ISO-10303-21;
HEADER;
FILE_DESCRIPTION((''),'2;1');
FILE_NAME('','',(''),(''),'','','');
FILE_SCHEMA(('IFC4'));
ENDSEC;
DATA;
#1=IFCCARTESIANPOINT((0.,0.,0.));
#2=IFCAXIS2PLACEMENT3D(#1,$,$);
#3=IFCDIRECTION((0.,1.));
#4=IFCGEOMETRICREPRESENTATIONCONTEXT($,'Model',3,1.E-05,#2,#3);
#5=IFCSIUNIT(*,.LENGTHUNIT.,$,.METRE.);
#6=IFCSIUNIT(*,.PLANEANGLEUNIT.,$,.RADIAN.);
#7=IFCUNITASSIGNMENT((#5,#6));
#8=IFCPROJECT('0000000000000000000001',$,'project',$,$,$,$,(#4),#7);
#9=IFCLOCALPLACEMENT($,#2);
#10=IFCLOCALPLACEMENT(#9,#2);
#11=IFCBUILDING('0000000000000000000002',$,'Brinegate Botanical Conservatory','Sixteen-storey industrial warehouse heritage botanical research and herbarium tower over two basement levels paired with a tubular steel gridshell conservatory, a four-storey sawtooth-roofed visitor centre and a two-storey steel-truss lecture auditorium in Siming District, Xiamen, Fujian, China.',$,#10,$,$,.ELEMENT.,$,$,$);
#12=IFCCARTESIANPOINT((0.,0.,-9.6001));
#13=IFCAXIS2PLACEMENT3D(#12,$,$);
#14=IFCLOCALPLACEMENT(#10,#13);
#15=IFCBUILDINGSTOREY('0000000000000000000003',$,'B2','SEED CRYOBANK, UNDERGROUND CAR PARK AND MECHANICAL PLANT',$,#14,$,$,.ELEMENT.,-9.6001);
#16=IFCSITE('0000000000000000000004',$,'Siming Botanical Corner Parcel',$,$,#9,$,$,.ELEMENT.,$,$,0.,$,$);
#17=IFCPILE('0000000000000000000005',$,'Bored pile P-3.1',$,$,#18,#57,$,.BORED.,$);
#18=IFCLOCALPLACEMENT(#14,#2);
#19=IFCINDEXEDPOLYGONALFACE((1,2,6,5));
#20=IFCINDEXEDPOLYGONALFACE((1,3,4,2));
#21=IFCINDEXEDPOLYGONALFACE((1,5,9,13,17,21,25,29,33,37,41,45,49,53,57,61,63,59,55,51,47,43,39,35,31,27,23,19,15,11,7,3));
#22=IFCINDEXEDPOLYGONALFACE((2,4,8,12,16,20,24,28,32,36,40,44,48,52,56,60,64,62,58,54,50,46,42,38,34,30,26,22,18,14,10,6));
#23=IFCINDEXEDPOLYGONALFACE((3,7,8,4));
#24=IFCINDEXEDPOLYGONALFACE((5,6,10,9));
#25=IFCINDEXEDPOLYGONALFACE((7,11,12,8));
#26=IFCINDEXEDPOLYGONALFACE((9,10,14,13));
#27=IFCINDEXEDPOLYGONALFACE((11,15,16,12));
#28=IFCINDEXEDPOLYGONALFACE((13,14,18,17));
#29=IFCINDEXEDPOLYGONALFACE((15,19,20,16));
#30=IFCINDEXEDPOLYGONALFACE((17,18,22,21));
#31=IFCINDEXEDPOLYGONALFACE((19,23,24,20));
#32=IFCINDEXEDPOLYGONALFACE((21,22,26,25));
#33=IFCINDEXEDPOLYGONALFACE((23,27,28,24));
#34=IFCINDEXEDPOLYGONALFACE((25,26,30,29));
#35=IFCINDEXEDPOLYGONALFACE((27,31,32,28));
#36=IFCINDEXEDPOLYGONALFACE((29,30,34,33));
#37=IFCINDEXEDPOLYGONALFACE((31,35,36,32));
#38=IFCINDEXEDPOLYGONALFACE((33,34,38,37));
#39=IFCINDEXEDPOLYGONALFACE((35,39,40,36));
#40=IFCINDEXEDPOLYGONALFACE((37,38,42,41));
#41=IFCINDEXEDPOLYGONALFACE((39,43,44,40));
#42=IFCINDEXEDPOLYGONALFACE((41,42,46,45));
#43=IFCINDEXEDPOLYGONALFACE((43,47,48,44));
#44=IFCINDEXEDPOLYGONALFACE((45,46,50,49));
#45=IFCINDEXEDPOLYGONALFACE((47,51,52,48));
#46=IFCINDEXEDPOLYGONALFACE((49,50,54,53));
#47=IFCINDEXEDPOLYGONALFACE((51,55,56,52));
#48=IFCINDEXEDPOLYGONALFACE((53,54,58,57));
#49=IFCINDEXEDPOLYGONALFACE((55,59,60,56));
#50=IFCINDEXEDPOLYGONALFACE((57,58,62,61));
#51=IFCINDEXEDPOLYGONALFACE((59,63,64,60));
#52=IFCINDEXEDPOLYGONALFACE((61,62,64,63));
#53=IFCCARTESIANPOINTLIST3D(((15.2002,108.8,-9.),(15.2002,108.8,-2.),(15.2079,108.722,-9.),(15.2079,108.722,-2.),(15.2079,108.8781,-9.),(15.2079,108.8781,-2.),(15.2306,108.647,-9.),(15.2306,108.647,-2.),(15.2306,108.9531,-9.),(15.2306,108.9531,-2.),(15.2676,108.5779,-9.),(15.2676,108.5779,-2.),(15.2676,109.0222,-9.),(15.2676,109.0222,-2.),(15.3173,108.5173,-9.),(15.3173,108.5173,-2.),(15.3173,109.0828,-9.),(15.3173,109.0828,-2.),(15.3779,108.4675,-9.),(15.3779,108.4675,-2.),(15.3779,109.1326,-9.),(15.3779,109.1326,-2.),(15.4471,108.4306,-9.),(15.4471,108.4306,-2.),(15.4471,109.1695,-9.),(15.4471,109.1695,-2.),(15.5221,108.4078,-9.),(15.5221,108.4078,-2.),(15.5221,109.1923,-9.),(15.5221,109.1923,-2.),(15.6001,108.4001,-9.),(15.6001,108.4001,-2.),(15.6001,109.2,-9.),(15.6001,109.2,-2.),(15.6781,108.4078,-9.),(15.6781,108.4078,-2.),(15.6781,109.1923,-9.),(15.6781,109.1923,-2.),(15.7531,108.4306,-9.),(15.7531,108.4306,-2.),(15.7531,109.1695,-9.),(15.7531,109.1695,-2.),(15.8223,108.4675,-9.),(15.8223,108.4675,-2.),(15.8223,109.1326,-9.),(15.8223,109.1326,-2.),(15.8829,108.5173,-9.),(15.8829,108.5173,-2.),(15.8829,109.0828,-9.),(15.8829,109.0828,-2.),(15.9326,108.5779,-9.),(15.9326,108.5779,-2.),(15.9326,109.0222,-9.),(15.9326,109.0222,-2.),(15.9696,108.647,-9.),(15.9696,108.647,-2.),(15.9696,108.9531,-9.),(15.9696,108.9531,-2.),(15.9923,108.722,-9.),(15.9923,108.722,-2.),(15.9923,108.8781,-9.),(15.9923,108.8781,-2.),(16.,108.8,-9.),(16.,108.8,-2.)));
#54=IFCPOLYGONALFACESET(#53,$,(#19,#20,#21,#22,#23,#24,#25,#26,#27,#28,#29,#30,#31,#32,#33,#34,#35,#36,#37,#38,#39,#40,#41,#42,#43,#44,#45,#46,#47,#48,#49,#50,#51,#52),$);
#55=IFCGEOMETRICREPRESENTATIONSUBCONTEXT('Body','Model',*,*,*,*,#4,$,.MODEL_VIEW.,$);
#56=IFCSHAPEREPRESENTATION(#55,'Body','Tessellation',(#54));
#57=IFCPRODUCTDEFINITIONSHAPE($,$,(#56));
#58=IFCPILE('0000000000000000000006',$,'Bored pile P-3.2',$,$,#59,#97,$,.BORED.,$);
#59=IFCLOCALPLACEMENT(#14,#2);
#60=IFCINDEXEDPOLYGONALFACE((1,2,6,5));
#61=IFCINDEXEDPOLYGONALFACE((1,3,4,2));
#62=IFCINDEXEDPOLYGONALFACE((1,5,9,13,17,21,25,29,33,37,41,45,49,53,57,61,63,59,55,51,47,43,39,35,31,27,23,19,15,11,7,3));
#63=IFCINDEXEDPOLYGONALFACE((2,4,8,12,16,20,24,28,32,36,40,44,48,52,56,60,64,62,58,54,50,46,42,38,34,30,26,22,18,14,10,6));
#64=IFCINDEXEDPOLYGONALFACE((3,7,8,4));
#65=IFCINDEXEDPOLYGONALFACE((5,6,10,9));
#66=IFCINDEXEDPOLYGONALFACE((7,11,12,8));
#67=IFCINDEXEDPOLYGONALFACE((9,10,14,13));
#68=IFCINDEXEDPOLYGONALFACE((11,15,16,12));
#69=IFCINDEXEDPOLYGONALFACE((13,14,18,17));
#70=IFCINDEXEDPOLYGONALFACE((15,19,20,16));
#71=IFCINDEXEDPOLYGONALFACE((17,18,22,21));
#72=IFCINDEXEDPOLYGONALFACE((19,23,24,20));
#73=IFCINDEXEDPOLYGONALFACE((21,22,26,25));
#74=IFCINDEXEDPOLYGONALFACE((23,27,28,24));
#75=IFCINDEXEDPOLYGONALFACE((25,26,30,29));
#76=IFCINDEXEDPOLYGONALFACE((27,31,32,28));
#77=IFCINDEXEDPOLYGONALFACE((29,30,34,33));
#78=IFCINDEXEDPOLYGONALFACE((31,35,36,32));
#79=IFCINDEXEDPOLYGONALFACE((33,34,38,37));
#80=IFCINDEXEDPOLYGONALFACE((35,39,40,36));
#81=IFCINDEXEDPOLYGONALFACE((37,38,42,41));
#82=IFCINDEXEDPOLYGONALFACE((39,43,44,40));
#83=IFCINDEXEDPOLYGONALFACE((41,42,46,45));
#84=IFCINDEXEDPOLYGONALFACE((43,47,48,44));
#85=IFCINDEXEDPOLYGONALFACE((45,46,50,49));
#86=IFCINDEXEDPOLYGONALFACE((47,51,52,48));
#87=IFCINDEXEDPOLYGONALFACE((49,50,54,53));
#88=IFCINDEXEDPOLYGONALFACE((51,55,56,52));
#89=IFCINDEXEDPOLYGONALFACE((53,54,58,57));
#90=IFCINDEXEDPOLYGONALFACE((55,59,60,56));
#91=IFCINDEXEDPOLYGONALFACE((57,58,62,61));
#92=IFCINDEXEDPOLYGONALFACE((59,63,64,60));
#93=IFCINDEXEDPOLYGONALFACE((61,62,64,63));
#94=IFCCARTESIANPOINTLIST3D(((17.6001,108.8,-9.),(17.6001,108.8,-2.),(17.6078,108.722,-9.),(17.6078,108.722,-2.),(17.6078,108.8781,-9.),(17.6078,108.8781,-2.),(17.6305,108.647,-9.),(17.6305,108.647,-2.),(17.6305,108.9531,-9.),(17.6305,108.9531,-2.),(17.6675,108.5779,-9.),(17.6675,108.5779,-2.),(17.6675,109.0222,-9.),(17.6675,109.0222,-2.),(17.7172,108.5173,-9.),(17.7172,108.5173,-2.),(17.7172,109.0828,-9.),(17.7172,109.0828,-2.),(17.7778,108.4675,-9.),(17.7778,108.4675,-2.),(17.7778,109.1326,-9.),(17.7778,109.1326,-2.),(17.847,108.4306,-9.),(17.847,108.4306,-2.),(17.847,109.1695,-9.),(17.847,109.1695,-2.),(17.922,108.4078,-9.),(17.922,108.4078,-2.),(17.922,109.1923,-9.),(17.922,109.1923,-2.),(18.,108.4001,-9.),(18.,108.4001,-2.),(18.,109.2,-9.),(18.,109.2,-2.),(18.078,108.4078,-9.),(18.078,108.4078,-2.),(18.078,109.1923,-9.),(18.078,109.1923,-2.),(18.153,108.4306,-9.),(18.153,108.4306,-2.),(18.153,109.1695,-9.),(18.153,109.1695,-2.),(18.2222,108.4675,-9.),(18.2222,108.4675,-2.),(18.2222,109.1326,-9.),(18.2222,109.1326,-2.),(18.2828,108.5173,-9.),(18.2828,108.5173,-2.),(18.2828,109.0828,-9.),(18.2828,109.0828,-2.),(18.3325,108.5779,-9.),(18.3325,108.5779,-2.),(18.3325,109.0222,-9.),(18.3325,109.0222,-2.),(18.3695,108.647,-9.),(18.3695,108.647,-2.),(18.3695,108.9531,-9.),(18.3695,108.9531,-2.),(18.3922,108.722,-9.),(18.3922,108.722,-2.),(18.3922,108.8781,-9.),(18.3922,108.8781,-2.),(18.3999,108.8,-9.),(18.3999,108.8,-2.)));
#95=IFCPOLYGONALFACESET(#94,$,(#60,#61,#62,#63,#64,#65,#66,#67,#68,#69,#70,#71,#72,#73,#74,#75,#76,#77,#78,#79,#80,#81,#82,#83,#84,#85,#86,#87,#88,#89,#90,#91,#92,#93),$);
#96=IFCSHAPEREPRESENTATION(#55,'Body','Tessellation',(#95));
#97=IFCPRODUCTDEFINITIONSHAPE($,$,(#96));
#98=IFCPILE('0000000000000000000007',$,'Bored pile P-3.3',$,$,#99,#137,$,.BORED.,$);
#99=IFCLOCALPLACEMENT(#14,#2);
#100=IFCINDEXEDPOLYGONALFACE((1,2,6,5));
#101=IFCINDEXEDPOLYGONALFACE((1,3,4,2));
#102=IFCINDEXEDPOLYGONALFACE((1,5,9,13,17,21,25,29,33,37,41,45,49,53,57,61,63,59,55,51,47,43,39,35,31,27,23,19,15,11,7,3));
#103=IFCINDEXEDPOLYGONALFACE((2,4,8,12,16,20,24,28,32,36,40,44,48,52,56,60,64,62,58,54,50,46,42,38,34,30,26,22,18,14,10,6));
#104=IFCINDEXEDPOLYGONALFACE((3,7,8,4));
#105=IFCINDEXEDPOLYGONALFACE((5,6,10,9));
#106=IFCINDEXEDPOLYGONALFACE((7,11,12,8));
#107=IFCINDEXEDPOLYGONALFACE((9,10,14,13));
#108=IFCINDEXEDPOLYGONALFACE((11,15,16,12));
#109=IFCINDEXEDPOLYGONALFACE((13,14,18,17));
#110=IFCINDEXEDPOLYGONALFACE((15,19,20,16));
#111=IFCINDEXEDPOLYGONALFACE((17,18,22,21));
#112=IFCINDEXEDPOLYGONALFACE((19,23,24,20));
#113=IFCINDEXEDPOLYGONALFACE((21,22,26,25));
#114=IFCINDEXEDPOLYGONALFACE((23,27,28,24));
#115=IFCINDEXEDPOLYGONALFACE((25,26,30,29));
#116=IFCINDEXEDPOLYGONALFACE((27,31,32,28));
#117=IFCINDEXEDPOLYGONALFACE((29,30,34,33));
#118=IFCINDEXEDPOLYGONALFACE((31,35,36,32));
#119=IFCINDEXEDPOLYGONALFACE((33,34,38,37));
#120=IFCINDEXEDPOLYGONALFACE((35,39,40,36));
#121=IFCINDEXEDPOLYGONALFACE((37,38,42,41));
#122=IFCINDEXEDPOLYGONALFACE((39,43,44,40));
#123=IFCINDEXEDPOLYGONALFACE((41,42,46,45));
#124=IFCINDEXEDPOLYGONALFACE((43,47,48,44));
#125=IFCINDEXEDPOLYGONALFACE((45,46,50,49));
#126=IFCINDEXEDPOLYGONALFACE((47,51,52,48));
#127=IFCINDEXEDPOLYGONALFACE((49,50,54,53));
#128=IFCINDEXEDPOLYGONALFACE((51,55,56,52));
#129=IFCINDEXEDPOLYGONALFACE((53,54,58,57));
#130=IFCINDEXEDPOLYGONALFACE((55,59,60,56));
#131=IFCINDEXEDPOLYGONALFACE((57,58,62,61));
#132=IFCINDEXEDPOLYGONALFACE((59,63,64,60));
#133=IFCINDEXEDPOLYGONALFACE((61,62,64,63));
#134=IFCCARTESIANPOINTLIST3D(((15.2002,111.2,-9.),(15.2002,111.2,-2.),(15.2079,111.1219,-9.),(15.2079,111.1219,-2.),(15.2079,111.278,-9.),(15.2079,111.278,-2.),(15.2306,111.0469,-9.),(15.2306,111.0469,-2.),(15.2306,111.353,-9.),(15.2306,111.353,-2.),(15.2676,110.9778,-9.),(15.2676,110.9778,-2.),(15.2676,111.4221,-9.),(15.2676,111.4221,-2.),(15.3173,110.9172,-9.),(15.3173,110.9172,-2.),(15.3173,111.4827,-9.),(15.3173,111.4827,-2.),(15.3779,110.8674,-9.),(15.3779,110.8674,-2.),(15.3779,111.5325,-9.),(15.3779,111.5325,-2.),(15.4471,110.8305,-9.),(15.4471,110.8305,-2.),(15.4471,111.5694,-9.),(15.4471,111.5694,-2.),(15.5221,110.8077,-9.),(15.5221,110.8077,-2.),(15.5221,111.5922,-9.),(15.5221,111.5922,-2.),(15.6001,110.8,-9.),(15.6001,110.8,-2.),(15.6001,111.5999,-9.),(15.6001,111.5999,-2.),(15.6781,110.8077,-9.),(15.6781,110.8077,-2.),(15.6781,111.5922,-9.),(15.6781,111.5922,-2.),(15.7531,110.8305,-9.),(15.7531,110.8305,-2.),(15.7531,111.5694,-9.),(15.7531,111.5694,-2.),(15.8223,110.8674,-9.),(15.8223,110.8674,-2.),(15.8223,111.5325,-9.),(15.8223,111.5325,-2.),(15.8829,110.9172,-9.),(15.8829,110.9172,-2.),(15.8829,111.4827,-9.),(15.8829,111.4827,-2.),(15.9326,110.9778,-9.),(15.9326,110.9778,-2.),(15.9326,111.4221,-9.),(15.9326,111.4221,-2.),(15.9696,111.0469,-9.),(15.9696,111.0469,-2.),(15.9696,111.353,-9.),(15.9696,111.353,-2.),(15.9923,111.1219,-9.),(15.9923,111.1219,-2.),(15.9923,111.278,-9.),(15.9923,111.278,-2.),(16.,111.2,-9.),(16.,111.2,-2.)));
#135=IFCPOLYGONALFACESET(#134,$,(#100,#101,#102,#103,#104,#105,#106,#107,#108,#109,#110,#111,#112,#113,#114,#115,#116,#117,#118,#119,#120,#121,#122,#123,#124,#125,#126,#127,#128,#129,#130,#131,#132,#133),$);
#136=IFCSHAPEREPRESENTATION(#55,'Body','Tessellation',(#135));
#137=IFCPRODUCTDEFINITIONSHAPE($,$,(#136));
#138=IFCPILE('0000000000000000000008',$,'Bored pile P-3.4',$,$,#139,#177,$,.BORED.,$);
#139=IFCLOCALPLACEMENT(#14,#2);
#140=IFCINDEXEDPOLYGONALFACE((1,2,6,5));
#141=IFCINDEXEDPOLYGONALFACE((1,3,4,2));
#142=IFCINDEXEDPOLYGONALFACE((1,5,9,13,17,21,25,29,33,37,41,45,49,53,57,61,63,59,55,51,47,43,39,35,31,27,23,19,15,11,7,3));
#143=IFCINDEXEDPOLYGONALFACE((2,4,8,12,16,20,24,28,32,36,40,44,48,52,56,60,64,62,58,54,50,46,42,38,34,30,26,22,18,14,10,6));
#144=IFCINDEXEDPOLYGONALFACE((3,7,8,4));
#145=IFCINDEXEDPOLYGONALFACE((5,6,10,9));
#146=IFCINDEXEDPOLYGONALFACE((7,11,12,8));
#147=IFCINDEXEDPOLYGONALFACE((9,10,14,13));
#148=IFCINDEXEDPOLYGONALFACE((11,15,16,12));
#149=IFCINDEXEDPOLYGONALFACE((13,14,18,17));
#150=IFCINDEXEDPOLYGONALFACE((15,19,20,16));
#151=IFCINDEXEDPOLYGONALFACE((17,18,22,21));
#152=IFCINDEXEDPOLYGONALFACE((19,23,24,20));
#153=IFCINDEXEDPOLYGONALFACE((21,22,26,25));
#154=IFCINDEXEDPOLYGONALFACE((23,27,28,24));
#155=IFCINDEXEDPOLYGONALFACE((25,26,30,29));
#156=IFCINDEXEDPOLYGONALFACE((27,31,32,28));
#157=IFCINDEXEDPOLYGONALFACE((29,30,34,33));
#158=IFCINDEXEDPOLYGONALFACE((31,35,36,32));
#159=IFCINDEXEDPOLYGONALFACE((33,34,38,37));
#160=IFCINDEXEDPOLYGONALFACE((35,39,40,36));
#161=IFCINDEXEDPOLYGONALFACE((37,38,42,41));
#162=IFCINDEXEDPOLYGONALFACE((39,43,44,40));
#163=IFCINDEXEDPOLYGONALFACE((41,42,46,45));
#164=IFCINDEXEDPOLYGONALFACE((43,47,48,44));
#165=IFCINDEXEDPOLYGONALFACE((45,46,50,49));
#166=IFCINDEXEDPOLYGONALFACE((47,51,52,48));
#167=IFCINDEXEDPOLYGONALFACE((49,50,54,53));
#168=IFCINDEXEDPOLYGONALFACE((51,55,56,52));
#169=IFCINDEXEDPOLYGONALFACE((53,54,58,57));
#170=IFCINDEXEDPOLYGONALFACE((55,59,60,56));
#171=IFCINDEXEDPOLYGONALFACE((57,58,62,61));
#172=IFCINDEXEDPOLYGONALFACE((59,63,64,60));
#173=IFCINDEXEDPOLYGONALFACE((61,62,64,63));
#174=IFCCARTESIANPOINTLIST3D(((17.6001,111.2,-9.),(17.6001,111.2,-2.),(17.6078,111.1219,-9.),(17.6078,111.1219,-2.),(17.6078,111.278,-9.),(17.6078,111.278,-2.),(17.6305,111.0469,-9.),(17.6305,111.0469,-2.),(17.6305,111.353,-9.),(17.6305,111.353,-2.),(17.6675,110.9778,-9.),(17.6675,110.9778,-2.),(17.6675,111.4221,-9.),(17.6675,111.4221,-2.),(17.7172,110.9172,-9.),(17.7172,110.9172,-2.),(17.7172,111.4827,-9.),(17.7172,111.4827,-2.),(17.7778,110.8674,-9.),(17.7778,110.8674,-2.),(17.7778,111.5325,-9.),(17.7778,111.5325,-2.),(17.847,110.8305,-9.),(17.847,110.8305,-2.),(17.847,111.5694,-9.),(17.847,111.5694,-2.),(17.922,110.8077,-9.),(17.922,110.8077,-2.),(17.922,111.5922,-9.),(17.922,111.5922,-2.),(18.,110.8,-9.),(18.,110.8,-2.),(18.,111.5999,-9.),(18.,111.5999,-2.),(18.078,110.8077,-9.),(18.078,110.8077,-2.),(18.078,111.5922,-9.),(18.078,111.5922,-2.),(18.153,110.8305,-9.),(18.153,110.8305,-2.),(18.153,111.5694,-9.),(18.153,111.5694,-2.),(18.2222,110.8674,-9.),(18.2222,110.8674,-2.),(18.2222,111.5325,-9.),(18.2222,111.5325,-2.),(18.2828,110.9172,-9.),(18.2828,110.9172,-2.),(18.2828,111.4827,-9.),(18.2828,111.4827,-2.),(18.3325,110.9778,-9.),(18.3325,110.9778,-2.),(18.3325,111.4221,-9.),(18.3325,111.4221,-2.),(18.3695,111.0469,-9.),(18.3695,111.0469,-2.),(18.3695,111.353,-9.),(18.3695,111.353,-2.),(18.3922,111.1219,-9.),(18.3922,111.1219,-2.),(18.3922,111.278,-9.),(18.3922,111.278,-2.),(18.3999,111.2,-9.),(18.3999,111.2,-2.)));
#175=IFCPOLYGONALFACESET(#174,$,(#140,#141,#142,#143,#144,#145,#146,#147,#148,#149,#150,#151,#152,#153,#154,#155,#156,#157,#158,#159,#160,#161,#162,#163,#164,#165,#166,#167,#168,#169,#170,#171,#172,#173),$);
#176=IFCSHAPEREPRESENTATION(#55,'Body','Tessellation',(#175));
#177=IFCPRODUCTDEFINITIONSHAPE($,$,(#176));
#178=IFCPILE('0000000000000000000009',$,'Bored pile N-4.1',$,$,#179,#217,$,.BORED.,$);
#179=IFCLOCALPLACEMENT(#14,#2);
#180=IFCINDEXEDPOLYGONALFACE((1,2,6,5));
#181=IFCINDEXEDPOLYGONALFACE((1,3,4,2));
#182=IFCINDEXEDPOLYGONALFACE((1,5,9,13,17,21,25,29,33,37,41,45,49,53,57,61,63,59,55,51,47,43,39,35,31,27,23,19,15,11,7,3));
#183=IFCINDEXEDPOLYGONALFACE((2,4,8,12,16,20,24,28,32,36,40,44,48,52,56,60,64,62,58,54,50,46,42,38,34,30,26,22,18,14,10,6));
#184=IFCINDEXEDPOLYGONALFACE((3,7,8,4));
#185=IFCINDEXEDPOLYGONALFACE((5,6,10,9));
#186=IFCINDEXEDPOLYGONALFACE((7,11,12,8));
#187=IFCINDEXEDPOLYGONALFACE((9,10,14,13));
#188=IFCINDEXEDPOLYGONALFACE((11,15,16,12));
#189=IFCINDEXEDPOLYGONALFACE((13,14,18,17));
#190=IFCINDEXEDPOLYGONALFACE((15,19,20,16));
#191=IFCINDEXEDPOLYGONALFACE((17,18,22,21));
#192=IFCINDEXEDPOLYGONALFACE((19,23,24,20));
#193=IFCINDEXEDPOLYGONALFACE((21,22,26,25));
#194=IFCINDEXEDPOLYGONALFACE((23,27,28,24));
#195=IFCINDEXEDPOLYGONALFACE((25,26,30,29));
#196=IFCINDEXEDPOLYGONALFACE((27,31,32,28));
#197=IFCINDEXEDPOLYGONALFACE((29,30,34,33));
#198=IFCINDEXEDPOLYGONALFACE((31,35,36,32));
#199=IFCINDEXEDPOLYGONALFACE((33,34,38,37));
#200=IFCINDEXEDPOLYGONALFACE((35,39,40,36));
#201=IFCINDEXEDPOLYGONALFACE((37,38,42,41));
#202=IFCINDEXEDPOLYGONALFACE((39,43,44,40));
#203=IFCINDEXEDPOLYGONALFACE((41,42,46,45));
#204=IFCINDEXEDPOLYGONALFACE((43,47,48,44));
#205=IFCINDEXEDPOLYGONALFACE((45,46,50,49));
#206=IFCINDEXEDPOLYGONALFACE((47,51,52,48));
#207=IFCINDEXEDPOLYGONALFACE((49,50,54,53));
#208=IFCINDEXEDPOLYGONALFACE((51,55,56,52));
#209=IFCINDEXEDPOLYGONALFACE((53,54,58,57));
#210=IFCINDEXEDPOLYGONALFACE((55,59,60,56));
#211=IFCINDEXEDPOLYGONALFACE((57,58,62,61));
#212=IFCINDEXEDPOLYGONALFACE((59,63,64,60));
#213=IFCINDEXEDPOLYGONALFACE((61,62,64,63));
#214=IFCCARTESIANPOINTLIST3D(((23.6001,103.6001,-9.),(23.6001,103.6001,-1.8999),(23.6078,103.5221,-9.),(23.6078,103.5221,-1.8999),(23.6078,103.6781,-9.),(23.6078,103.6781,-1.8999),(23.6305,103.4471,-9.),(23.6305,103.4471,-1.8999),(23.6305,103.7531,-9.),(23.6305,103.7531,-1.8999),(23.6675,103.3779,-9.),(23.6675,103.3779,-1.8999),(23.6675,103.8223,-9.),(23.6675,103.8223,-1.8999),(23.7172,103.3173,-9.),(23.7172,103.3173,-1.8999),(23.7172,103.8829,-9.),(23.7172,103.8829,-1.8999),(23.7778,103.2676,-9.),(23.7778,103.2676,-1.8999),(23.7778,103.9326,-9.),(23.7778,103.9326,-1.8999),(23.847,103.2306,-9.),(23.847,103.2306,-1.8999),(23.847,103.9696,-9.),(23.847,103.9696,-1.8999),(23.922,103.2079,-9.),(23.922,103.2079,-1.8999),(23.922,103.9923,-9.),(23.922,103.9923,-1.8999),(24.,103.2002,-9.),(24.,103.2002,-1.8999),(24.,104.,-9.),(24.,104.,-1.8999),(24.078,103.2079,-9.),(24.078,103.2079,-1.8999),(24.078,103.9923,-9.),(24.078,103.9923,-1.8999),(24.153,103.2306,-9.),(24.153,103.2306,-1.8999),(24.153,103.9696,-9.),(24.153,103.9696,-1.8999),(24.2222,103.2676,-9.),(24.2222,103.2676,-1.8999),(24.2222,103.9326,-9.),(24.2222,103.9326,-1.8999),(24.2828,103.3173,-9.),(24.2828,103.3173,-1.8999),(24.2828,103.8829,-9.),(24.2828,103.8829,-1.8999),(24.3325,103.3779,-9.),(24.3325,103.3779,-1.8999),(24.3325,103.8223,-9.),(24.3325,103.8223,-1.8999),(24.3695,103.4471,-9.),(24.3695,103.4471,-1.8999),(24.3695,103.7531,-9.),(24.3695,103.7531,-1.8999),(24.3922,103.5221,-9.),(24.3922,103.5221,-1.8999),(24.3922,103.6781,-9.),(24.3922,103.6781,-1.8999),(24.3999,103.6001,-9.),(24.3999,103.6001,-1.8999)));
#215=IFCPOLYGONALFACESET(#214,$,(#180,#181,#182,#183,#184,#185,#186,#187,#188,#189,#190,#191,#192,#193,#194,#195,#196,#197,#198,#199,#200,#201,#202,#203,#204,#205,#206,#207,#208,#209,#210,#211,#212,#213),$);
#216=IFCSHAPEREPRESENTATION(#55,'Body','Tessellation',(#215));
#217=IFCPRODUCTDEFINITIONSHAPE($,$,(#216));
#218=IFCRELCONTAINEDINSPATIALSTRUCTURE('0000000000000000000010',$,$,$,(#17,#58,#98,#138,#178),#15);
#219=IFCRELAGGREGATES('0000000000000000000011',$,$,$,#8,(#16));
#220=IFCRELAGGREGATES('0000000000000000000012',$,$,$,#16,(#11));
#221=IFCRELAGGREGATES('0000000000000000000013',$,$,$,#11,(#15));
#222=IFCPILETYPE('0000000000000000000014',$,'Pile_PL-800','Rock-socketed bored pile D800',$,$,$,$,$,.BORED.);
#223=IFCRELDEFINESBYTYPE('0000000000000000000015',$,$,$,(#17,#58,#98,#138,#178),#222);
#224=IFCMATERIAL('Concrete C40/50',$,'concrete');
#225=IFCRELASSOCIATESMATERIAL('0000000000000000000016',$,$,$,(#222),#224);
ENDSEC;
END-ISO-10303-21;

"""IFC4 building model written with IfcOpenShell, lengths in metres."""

from ifc_helpers import new_model, si_unit, direction, frame, origin, origin_2d, place, context, subcontext, project, spatial, circle, extrude, material, material_profile, profile_set, type_object, element, save


model = new_model("IFC4")

# Units and contexts
model_context = context("Model", 3, precision=1e-05, world=origin(), true_north=direction((0.0, 1.0)))
body_context = subcontext(model_context, "Body", "Model", "MODEL_VIEW")
ifc_project = project(units=[si_unit("LENGTHUNIT", "METRE"), si_unit("PLANEANGLEUNIT", "RADIAN")], contexts=[model_context])

# Site, building, storey
site_placement = place(None, origin())
site = spatial("IfcSite", under=ifc_project, at=site_placement, Name="Siming Botanical Corner Parcel", CompositionType="ELEMENT", RefElevation=0.0)
building_placement = place(site_placement, origin())
building = spatial("IfcBuilding", under=site, at=building_placement, Name="Brinegate Botanical Conservatory", Description="Sixteen-storey industrial warehouse heritage botanical research and herbarium tower over two basement levels paired with a tubular steel gridshell conservatory, a four-storey sawtooth-roofed visitor centre and a two-storey steel-truss lecture auditorium in Siming District, Xiamen, Fujian, China.", CompositionType="ELEMENT")
storey_placement = place(building_placement, frame((0.0, 0.0, -9.6001)))
storey = spatial("IfcBuildingStorey", under=building, at=storey_placement, Name="B2", Description="SEED CRYOBANK, UNDERGROUND CAR PARK AND MECHANICAL PLANT", CompositionType="ELEMENT", Elevation=-9.6001)

# Shared definitions
ifc_material_1 = material(Name="Concrete C40/50", Category="concrete")

# Piles
ifc_material_profile_1 = material_profile(ifc_material_1, circle(Radius=0.3999, at=origin_2d()), Name="PILE D800")
ifc_profile_set_1 = profile_set([ifc_material_profile_1], Name="Concrete C40/50")
pile_type = type_object("IfcPileType", Name="Pile_PL-800", Description="Rock-socketed bored pile D800", PredefinedType="BORED", material=ifc_profile_set_1)
for number, where, z_axis, x_axis, name in (
    (1, (15.6001, 108.8, -2.0), (0.0, 0.0, -1.0), (1.0, 0.0, 0.0), "Bored pile P-3.1"),
    (2, (18.0, 108.8, -2.0), (0.0, 0.0, -1.0), (1.0, 0.0, 0.0), "Bored pile P-3.2"),
    (3, (15.6001, 111.2, -2.0), (0.0, 0.0, -1.0), (1.0, 0.0, 0.0), "Bored pile P-3.3"),
    (4, (18.0, 111.2, -2.0), (0.0, 0.0, -1.0), (1.0, 0.0, 0.0), "Bored pile P-3.4"),
):
    element("IfcPile", number, at=place(storey_placement, frame(where, z_axis=z_axis, x_axis=x_axis)), inside=storey, type_object=pile_type, Name=name, PredefinedType="BORED", context=body_context, shape_type="SweptSolid", body=[
        extrude(circle(Radius=0.3999, at=origin_2d()), origin(), (0.0, 0.0, 1.0), 7.0),
    ])
pile_1_placement = place(storey_placement, frame((24.0, 103.6001, -1.8999), z_axis=(0.0, 0.0, -1.0), x_axis=(1.0, 0.0, 0.0)))
element("IfcPile", 5, at=pile_1_placement, inside=storey, type_object=pile_type, Name="Bored pile N-4.1", PredefinedType="BORED", context=body_context, shape_type="SweptSolid", body=[
    extrude(circle(Radius=0.3999, at=origin_2d()), origin(), (0.0, 0.0, 1.0), 7.1001),
])

save(model, "model.ifc")
